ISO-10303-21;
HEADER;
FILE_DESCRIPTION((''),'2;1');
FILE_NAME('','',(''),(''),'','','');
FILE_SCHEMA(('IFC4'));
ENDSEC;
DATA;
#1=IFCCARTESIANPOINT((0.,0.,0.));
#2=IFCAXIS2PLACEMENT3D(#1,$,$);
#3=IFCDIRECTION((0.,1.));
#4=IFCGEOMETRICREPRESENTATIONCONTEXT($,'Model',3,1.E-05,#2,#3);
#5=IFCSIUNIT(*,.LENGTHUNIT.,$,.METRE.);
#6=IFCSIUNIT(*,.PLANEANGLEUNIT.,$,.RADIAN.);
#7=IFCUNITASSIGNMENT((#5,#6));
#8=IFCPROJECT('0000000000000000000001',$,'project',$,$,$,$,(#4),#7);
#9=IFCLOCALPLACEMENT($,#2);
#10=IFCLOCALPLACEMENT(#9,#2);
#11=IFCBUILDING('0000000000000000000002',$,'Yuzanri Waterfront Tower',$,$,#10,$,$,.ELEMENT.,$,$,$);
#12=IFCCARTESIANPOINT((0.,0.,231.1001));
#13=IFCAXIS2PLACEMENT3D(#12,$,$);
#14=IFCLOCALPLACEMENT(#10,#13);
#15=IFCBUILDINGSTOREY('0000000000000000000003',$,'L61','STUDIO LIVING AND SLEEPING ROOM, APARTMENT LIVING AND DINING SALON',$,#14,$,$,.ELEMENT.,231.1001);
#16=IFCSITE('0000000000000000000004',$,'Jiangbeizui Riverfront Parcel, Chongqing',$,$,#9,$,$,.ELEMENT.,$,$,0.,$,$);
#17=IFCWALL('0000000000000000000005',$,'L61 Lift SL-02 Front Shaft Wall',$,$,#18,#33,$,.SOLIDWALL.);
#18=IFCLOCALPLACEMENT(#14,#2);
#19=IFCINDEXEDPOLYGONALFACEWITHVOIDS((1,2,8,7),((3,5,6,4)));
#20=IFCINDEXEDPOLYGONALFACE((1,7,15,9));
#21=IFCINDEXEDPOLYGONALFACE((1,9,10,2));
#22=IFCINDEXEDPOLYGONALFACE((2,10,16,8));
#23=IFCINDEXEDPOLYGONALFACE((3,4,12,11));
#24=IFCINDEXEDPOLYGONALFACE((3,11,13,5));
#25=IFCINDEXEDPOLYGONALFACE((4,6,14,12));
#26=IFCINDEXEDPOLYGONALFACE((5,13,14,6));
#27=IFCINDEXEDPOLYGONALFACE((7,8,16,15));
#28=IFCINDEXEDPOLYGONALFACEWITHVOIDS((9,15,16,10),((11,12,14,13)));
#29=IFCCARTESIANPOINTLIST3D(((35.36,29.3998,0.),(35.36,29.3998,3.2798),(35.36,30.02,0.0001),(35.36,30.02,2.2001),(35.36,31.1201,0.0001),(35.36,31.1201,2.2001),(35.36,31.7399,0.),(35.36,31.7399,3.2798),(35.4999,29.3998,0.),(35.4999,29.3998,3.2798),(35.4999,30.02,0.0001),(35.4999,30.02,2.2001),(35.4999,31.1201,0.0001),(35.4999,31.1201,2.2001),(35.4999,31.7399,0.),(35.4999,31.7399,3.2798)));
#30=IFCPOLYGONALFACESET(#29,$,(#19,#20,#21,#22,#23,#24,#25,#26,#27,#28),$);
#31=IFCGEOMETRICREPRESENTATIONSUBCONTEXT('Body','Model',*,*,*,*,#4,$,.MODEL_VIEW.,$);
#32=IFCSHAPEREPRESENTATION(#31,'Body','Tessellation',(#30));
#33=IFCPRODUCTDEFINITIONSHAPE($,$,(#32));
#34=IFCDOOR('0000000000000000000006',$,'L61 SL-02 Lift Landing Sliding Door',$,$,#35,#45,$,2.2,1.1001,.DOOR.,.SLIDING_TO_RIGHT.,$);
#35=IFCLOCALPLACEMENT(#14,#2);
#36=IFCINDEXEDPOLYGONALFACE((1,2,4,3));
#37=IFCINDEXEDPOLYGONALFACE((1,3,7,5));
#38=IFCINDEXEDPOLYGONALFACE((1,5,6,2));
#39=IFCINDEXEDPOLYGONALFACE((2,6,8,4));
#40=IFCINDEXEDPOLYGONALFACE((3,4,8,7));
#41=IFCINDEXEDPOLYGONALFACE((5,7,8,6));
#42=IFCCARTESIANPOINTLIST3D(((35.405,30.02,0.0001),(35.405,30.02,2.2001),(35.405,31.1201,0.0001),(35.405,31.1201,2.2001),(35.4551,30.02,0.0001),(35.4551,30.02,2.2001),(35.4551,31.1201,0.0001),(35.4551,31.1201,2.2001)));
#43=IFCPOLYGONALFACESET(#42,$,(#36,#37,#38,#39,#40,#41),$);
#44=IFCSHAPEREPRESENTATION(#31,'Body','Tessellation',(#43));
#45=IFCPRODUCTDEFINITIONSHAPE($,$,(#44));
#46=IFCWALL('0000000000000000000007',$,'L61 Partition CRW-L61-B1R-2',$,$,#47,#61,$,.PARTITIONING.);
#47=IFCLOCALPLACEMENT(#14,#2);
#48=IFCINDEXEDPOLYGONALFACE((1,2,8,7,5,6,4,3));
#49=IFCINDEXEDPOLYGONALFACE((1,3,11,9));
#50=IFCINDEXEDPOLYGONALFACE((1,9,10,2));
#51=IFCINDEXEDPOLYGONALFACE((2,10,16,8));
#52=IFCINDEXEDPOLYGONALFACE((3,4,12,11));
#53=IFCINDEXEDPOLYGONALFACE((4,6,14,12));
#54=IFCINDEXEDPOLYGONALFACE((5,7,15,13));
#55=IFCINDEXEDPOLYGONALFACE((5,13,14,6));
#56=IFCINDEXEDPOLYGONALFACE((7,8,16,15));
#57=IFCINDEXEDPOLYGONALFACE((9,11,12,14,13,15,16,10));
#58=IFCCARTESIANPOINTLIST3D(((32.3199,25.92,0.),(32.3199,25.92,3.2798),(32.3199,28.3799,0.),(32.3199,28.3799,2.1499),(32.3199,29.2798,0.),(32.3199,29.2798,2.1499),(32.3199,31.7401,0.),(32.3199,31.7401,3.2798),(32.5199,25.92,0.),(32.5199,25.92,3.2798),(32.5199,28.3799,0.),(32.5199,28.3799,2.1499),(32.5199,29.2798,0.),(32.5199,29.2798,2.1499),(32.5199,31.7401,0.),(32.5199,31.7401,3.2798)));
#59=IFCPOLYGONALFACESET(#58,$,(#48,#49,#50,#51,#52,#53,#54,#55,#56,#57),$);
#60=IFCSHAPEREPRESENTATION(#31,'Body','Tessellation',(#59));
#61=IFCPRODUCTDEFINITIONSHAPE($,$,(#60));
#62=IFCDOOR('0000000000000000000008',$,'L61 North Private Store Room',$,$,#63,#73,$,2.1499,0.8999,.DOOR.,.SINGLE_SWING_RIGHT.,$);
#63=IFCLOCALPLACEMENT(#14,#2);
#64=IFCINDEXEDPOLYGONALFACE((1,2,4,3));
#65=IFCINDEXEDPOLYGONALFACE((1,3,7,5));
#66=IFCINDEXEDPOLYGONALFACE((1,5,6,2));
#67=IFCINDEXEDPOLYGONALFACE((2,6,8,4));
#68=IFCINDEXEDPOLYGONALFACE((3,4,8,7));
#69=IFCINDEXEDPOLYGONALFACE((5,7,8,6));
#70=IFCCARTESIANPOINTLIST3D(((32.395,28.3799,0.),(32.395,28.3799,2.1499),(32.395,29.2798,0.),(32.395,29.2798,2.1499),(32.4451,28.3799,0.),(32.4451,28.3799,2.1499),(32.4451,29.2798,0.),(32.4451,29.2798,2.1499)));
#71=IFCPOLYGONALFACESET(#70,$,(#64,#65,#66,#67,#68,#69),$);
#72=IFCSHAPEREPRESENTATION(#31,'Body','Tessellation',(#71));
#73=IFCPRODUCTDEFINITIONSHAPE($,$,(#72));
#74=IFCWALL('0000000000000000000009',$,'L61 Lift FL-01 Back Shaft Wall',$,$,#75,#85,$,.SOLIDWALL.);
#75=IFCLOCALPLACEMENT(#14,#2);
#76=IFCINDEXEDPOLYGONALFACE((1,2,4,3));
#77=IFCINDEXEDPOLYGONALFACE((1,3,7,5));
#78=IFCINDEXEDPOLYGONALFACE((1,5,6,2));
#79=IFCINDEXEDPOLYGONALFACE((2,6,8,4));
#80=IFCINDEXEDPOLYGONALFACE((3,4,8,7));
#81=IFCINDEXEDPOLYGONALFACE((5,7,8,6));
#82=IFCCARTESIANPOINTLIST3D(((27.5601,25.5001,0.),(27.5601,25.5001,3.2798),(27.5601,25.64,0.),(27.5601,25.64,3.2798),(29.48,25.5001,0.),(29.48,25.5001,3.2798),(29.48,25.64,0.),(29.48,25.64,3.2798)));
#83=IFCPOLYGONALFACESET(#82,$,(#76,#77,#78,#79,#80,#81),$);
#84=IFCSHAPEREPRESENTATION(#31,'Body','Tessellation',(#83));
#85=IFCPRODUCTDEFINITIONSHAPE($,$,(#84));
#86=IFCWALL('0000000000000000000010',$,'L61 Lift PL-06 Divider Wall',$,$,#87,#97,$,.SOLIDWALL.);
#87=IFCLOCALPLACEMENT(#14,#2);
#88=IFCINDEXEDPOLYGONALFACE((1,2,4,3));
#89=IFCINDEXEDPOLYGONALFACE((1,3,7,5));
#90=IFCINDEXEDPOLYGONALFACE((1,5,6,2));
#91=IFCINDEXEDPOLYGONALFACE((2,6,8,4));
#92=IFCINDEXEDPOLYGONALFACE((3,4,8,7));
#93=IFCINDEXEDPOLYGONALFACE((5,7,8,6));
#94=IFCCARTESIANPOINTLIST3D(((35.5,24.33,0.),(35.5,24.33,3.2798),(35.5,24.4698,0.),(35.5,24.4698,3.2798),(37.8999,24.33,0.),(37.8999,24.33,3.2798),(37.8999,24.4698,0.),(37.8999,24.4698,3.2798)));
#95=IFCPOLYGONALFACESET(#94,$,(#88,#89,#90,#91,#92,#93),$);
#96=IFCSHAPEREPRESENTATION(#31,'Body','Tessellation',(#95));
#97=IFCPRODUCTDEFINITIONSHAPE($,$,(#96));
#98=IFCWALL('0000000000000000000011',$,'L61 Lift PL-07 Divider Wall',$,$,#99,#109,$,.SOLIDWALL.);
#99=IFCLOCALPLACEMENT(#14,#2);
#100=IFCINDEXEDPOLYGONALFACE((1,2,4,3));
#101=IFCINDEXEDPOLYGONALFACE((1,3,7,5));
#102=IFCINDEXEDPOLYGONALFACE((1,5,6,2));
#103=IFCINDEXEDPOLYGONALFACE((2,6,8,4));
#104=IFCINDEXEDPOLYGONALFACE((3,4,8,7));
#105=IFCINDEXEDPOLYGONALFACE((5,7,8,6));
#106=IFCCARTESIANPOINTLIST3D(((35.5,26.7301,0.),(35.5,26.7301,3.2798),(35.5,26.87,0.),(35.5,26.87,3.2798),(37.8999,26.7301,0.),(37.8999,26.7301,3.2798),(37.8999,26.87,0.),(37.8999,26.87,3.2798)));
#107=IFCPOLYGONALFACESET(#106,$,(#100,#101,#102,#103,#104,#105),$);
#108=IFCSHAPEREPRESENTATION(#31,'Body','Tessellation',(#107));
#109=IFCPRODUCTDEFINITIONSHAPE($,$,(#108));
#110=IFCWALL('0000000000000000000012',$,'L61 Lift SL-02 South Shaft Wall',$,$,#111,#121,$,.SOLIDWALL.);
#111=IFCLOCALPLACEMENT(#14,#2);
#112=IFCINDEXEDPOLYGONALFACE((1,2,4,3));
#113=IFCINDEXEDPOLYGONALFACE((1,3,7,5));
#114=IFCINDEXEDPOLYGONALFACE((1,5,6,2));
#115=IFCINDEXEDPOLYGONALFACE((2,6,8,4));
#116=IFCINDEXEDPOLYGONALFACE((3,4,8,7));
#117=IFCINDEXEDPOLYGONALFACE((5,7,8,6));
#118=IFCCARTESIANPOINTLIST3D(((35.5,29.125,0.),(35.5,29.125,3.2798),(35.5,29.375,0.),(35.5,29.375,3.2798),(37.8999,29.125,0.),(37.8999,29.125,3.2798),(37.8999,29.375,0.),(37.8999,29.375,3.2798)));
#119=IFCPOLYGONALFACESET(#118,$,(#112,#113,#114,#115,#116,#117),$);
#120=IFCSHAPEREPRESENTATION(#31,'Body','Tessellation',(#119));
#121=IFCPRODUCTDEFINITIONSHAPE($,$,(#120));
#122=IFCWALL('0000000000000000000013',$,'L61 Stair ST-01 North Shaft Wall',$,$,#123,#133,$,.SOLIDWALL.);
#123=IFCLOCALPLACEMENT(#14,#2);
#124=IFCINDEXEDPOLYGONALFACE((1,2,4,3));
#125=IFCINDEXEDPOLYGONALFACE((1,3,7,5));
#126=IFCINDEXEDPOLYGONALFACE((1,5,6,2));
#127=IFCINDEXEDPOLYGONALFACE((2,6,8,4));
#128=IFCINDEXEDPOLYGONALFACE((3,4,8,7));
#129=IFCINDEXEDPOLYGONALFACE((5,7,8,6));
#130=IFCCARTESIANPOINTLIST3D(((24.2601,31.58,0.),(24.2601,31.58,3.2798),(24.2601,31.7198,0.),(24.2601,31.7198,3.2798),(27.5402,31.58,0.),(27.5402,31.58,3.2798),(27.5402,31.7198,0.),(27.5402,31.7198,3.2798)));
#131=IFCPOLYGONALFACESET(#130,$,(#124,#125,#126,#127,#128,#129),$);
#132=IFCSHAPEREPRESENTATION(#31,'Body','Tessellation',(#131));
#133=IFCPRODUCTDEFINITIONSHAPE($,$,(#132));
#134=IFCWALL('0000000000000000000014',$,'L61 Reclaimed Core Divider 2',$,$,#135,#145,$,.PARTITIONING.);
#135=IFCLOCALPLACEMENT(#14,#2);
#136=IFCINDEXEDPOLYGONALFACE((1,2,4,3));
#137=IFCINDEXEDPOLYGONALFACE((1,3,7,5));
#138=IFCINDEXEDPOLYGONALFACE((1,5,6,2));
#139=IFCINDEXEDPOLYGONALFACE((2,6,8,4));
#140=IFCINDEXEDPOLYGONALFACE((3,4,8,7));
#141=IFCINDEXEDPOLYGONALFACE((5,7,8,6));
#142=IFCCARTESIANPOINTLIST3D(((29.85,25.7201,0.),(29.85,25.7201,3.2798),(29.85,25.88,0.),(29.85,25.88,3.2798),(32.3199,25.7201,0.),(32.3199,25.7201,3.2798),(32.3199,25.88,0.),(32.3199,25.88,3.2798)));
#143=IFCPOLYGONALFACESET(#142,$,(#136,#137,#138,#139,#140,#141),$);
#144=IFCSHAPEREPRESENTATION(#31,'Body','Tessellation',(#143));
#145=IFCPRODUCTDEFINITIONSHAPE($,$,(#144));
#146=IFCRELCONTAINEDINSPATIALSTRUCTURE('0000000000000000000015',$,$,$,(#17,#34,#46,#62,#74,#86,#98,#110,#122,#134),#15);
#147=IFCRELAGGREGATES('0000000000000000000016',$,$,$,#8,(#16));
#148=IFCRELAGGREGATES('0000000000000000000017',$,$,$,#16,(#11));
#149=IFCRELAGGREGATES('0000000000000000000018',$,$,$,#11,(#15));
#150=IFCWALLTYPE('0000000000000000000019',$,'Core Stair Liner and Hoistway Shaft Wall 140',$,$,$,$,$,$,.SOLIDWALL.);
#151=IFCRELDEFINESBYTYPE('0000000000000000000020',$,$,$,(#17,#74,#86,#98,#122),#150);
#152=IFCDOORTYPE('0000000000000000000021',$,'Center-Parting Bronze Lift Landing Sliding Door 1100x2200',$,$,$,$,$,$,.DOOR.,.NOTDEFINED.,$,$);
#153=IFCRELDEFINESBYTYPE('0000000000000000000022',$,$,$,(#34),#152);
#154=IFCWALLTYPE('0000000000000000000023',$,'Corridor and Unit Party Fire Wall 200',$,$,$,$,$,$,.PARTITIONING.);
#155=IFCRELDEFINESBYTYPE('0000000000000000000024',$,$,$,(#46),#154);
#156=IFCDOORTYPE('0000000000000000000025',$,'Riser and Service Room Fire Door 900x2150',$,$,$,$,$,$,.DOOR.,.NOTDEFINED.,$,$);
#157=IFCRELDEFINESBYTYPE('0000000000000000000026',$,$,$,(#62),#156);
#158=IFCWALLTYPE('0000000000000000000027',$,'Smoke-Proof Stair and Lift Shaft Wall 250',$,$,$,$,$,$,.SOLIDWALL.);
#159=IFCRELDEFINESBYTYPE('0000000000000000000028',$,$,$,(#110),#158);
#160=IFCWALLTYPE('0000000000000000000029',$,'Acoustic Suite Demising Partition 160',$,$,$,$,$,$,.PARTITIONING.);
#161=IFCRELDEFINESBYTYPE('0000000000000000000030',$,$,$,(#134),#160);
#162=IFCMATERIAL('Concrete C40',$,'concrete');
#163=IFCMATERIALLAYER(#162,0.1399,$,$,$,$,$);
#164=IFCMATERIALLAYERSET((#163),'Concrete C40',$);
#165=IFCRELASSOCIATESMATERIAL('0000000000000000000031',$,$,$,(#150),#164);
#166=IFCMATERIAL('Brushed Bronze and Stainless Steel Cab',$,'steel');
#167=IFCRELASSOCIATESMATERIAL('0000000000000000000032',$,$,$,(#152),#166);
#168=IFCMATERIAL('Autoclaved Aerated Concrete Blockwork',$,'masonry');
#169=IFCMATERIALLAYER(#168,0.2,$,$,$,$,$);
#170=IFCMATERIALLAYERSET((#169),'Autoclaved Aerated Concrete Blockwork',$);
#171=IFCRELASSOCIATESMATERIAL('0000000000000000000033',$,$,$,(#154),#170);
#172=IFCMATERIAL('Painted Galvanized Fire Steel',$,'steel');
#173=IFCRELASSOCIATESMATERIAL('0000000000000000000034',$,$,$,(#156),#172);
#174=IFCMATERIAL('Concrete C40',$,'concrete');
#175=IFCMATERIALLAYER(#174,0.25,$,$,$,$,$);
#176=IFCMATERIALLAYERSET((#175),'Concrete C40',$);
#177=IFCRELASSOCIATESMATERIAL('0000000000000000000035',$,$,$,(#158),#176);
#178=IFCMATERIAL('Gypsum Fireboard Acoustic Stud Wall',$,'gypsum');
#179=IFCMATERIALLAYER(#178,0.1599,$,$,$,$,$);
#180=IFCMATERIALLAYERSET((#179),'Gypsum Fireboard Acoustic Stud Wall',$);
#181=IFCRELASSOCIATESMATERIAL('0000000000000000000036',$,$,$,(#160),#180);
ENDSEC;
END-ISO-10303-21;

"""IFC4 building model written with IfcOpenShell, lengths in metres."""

from ifc_helpers import new_model, si_unit, direction, frame, frame_2d, origin, place, context, subcontext, project, spatial, rectangle, extrude, source, transform, mapped, material, layer, layer_set, type_object, element, fill, save


model = new_model("IFC4")

# Units and contexts
model_context = context("Model", 3, precision=1e-05, world=origin(), true_north=direction((0.0, 1.0)))
body_context = subcontext(model_context, "Body", "Model", "MODEL_VIEW")
ifc_project = project(units=[si_unit("LENGTHUNIT", "METRE"), si_unit("PLANEANGLEUNIT", "RADIAN")], contexts=[model_context])

# Site, building, storey
site_placement = place(None, origin())
site = spatial("IfcSite", under=ifc_project, at=site_placement, Name="Jiangbeizui Riverfront Parcel, Chongqing", CompositionType="ELEMENT", RefElevation=0.0)
building_placement = place(site_placement, origin())
building = spatial("IfcBuilding", under=site, at=building_placement, Name="Yuzanri Waterfront Tower", CompositionType="ELEMENT")
storey_placement = place(building_placement, frame((0.0, 0.0, 231.1001)))
storey = spatial("IfcBuildingStorey", under=building, at=storey_placement, Name="L61", Description="STUDIO LIVING AND SLEEPING ROOM, APARTMENT LIVING AND DINING SALON", CompositionType="ELEMENT", Elevation=231.1001)

# Walls, openings, doors
ifc_material_1 = material(Name="Concrete C40", Category="concrete")
ifc_layer_1 = layer(ifc_material_1, 0.1399)
ifc_layer_set_1 = layer_set([ifc_layer_1], Name="Concrete C40")
wall_type_1 = type_object("IfcWallType", Name="Core Stair Liner and Hoistway Shaft Wall 140", PredefinedType="SOLIDWALL", material=ifc_layer_set_1)
ifc_material_2 = material(Name="Brushed Bronze and Stainless Steel Cab", Category="steel")
door_type_1 = type_object("IfcDoorType", Name="Center-Parting Bronze Lift Landing Sliding Door 1100x2200", OperationType="NOTDEFINED", PredefinedType="DOOR", material=ifc_material_2)
shared_shape_1 = source(origin(), body_context, "Body", "SweptSolid", [
    extrude(rectangle(XDim=1.1001, YDim=2.2, at=frame_2d((0.55, 1.1001))), frame((0.0, 0.0249, 0.0), z_axis=(0.0, -1.0, 0.0), x_axis=(1.0, 0.0, 0.0)), (0.0, 0.0, 1.0), 0.05),
])
wall_1_placement = place(storey_placement, frame((35.4299, 29.3999, 0.0), z_axis=(0.0, 0.0, 1.0), x_axis=(0.0, 1.0, 0.0)))
wall_1 = element("IfcWall", 1, at=wall_1_placement, inside=storey, type_object=wall_type_1, Name="L61 Lift SL-02 Front Shaft Wall", PredefinedType="SOLIDWALL", context=body_context, shape_type="SweptSolid", body=[
    extrude(rectangle(XDim=2.3401, YDim=0.1399, at=frame_2d((1.1699, 0.0))), origin(), (0.0, 0.0, 1.0), 3.2798),
])
opening_1_placement = place(wall_1_placement, frame((0.6201, 0.0, 0.0)))
opening_1 = element("IfcOpeningElement", 2, at=opening_1_placement, cuts=wall_1, PredefinedType="OPENING", context=body_context, shape_type="SweptSolid", body=[
    extrude(rectangle(XDim=1.1001, YDim=2.2, at=frame_2d((0.55, 1.1001))), frame((0.0, 0.085, 0.0), z_axis=(0.0, -1.0, 0.0), x_axis=(1.0, 0.0, 0.0)), (0.0, 0.0, 1.0), 0.1697),
])
door_1_placement = place(opening_1_placement, origin())
door_1 = element("IfcDoor", 3, at=door_1_placement, inside=storey, type_object=door_type_1, Name="L61 SL-02 Lift Landing Sliding Door", OperationType="SLIDING_TO_RIGHT", OverallHeight=2.2, OverallWidth=1.1001, PredefinedType="DOOR", context=body_context, shape_type="MappedRepresentation", body=[
    mapped(shared_shape_1, transform((0.0, 0.0, 0.0), scale=1.0)),
])
fill(opening_1, door_1)
ifc_material_3 = material(Name="Autoclaved Aerated Concrete Blockwork", Category="masonry")
ifc_layer_2 = layer(ifc_material_3, 0.2)
ifc_layer_set_2 = layer_set([ifc_layer_2], Name="Autoclaved Aerated Concrete Blockwork")
wall_type_2 = type_object("IfcWallType", Name="Corridor and Unit Party Fire Wall 200", PredefinedType="PARTITIONING", material=ifc_layer_set_2)
ifc_material_4 = material(Name="Painted Galvanized Fire Steel", Category="steel")
door_type_2 = type_object("IfcDoorType", Name="Riser and Service Room Fire Door 900x2150", OperationType="NOTDEFINED", PredefinedType="DOOR", material=ifc_material_4)
shared_shape_2 = source(origin(), body_context, "Body", "SweptSolid", [
    extrude(rectangle(XDim=0.8999, YDim=2.1499, at=frame_2d((0.45, 1.075))), frame((0.0, 0.0249, 0.0), z_axis=(0.0, -1.0, 0.0), x_axis=(1.0, 0.0, 0.0)), (0.0, 0.0, 1.0), 0.05),
])
wall_2_placement = place(storey_placement, frame((32.4199, 25.9199, 0.0), z_axis=(0.0, 0.0, 1.0), x_axis=(0.0, 1.0, 0.0)))
wall_2 = element("IfcWall", 4, at=wall_2_placement, inside=storey, type_object=wall_type_2, Name="L61 Partition CRW-L61-B1R-2", PredefinedType="PARTITIONING", context=body_context, shape_type="SweptSolid", body=[
    extrude(rectangle(XDim=5.8201, YDim=0.2, at=frame_2d((2.9102, 0.0))), origin(), (0.0, 0.0, 1.0), 3.2798),
])
opening_2_placement = place(wall_2_placement, frame((2.46, 0.0, 0.0)))
opening_2 = element("IfcOpeningElement", 5, at=opening_2_placement, cuts=wall_2, PredefinedType="OPENING", context=body_context, shape_type="SweptSolid", body=[
    extrude(rectangle(XDim=0.8999, YDim=2.1499, at=frame_2d((0.45, 1.075))), frame((0.0, 0.1147, 0.0), z_axis=(0.0, -1.0, 0.0), x_axis=(1.0, 0.0, 0.0)), (0.0, 0.0, 1.0), 0.2297),
])
door_2_placement = place(opening_2_placement, origin())
door_2 = element("IfcDoor", 6, at=door_2_placement, inside=storey, type_object=door_type_2, Name="L61 North Private Store Room", OperationType="SINGLE_SWING_RIGHT", OverallHeight=2.1499, OverallWidth=0.8999, PredefinedType="DOOR", context=body_context, shape_type="MappedRepresentation", body=[
    mapped(shared_shape_2, transform((0.0, 0.0, 0.0), scale=1.0)),
])
fill(opening_2, door_2)

# Walls
shared_shape_3 = source(origin(), body_context, "Body", "SweptSolid", [
    extrude(rectangle(XDim=1.9199, YDim=0.1399, at=frame_2d((0.96, 0.0))), origin(), (0.0, 0.0, 1.0), 3.2798),
])
wall_3_placement = place(storey_placement, frame((27.5601, 25.5701, 0.0), z_axis=(0.0, 0.0, 1.0), x_axis=(1.0, 0.0, 0.0)))
element("IfcWall", 7, at=wall_3_placement, inside=storey, type_object=wall_type_1, Name="L61 Lift FL-01 Back Shaft Wall", PredefinedType="SOLIDWALL", context=body_context, shape_type="MappedRepresentation", body=[
    mapped(shared_shape_3, transform((0.0, 0.0, 0.0), scale=1.0)),
])
shared_shape_4 = source(origin(), body_context, "Body", "SweptSolid", [
    extrude(rectangle(XDim=2.3999, YDim=0.1399, at=frame_2d((1.2, 0.0))), origin(), (0.0, 0.0, 1.0), 3.2798),
])
for number, where, z_axis, x_axis, name in (
    (8, (35.5, 24.3999, 0.0), (0.0, 0.0, 1.0), (1.0, 0.0, 0.0), "L61 Lift PL-06 Divider Wall"),
    (9, (35.5, 26.8, 0.0), (0.0, 0.0, 1.0), (1.0, 0.0, 0.0), "L61 Lift PL-07 Divider Wall"),
):
    element("IfcWall", number, at=place(storey_placement, frame(where, z_axis=z_axis, x_axis=x_axis)), inside=storey, type_object=wall_type_1, Name=name, PredefinedType="SOLIDWALL", context=body_context, shape_type="MappedRepresentation", body=[
        mapped(shared_shape_4, transform((0.0, 0.0, 0.0), scale=1.0)),
    ])
ifc_material_5 = material(Name="Concrete C40", Category="concrete")
ifc_layer_3 = layer(ifc_material_5, 0.25)
ifc_layer_set_3 = layer_set([ifc_layer_3], Name="Concrete C40")
wall_type_3 = type_object("IfcWallType", Name="Smoke-Proof Stair and Lift Shaft Wall 250", PredefinedType="SOLIDWALL", material=ifc_layer_set_3)
shared_shape_5 = source(origin(), body_context, "Body", "SweptSolid", [
    extrude(rectangle(XDim=2.3999, YDim=0.25, at=frame_2d((1.2, 0.0))), origin(), (0.0, 0.0, 1.0), 3.2798),
])
wall_4_placement = place(storey_placement, frame((35.5, 29.25, 0.0), z_axis=(0.0, 0.0, 1.0), x_axis=(1.0, 0.0, 0.0)))
element("IfcWall", 10, at=wall_4_placement, inside=storey, type_object=wall_type_3, Name="L61 Lift SL-02 South Shaft Wall", PredefinedType="SOLIDWALL", context=body_context, shape_type="MappedRepresentation", body=[
    mapped(shared_shape_5, transform((0.0, 0.0, 0.0), scale=1.0)),
])
shared_shape_6 = source(origin(), body_context, "Body", "SweptSolid", [
    extrude(rectangle(XDim=3.28, YDim=0.1399, at=frame_2d((1.6401, 0.0))), origin(), (0.0, 0.0, 1.0), 3.2798),
])
wall_5_placement = place(storey_placement, frame((24.26, 31.6499, 0.0), z_axis=(0.0, 0.0, 1.0), x_axis=(1.0, 0.0, 0.0)))
element("IfcWall", 11, at=wall_5_placement, inside=storey, type_object=wall_type_1, Name="L61 Stair ST-01 North Shaft Wall", PredefinedType="SOLIDWALL", context=body_context, shape_type="MappedRepresentation", body=[
    mapped(shared_shape_6, transform((0.0, 0.0, 0.0), scale=1.0)),
])
ifc_material_6 = material(Name="Gypsum Fireboard Acoustic Stud Wall", Category="gypsum")
ifc_layer_4 = layer(ifc_material_6, 0.1599)
ifc_layer_set_4 = layer_set([ifc_layer_4], Name="Gypsum Fireboard Acoustic Stud Wall")
wall_type_4 = type_object("IfcWallType", Name="Acoustic Suite Demising Partition 160", PredefinedType="PARTITIONING", material=ifc_layer_set_4)
shared_shape_7 = source(origin(), body_context, "Body", "SweptSolid", [
    extrude(rectangle(XDim=2.47, YDim=0.1599, at=frame_2d((1.2349, 0.0))), origin(), (0.0, 0.0, 1.0), 3.2798),
])
wall_6_placement = place(storey_placement, frame((29.8501, 25.8, 0.0), z_axis=(0.0, 0.0, 1.0), x_axis=(1.0, 0.0, 0.0)))
element("IfcWall", 12, at=wall_6_placement, inside=storey, type_object=wall_type_4, Name="L61 Reclaimed Core Divider 2", PredefinedType="PARTITIONING", context=body_context, shape_type="MappedRepresentation", body=[
    mapped(shared_shape_7, transform((0.0, 0.0, 0.0), scale=1.0)),
])

save(model, "model.ifc")
